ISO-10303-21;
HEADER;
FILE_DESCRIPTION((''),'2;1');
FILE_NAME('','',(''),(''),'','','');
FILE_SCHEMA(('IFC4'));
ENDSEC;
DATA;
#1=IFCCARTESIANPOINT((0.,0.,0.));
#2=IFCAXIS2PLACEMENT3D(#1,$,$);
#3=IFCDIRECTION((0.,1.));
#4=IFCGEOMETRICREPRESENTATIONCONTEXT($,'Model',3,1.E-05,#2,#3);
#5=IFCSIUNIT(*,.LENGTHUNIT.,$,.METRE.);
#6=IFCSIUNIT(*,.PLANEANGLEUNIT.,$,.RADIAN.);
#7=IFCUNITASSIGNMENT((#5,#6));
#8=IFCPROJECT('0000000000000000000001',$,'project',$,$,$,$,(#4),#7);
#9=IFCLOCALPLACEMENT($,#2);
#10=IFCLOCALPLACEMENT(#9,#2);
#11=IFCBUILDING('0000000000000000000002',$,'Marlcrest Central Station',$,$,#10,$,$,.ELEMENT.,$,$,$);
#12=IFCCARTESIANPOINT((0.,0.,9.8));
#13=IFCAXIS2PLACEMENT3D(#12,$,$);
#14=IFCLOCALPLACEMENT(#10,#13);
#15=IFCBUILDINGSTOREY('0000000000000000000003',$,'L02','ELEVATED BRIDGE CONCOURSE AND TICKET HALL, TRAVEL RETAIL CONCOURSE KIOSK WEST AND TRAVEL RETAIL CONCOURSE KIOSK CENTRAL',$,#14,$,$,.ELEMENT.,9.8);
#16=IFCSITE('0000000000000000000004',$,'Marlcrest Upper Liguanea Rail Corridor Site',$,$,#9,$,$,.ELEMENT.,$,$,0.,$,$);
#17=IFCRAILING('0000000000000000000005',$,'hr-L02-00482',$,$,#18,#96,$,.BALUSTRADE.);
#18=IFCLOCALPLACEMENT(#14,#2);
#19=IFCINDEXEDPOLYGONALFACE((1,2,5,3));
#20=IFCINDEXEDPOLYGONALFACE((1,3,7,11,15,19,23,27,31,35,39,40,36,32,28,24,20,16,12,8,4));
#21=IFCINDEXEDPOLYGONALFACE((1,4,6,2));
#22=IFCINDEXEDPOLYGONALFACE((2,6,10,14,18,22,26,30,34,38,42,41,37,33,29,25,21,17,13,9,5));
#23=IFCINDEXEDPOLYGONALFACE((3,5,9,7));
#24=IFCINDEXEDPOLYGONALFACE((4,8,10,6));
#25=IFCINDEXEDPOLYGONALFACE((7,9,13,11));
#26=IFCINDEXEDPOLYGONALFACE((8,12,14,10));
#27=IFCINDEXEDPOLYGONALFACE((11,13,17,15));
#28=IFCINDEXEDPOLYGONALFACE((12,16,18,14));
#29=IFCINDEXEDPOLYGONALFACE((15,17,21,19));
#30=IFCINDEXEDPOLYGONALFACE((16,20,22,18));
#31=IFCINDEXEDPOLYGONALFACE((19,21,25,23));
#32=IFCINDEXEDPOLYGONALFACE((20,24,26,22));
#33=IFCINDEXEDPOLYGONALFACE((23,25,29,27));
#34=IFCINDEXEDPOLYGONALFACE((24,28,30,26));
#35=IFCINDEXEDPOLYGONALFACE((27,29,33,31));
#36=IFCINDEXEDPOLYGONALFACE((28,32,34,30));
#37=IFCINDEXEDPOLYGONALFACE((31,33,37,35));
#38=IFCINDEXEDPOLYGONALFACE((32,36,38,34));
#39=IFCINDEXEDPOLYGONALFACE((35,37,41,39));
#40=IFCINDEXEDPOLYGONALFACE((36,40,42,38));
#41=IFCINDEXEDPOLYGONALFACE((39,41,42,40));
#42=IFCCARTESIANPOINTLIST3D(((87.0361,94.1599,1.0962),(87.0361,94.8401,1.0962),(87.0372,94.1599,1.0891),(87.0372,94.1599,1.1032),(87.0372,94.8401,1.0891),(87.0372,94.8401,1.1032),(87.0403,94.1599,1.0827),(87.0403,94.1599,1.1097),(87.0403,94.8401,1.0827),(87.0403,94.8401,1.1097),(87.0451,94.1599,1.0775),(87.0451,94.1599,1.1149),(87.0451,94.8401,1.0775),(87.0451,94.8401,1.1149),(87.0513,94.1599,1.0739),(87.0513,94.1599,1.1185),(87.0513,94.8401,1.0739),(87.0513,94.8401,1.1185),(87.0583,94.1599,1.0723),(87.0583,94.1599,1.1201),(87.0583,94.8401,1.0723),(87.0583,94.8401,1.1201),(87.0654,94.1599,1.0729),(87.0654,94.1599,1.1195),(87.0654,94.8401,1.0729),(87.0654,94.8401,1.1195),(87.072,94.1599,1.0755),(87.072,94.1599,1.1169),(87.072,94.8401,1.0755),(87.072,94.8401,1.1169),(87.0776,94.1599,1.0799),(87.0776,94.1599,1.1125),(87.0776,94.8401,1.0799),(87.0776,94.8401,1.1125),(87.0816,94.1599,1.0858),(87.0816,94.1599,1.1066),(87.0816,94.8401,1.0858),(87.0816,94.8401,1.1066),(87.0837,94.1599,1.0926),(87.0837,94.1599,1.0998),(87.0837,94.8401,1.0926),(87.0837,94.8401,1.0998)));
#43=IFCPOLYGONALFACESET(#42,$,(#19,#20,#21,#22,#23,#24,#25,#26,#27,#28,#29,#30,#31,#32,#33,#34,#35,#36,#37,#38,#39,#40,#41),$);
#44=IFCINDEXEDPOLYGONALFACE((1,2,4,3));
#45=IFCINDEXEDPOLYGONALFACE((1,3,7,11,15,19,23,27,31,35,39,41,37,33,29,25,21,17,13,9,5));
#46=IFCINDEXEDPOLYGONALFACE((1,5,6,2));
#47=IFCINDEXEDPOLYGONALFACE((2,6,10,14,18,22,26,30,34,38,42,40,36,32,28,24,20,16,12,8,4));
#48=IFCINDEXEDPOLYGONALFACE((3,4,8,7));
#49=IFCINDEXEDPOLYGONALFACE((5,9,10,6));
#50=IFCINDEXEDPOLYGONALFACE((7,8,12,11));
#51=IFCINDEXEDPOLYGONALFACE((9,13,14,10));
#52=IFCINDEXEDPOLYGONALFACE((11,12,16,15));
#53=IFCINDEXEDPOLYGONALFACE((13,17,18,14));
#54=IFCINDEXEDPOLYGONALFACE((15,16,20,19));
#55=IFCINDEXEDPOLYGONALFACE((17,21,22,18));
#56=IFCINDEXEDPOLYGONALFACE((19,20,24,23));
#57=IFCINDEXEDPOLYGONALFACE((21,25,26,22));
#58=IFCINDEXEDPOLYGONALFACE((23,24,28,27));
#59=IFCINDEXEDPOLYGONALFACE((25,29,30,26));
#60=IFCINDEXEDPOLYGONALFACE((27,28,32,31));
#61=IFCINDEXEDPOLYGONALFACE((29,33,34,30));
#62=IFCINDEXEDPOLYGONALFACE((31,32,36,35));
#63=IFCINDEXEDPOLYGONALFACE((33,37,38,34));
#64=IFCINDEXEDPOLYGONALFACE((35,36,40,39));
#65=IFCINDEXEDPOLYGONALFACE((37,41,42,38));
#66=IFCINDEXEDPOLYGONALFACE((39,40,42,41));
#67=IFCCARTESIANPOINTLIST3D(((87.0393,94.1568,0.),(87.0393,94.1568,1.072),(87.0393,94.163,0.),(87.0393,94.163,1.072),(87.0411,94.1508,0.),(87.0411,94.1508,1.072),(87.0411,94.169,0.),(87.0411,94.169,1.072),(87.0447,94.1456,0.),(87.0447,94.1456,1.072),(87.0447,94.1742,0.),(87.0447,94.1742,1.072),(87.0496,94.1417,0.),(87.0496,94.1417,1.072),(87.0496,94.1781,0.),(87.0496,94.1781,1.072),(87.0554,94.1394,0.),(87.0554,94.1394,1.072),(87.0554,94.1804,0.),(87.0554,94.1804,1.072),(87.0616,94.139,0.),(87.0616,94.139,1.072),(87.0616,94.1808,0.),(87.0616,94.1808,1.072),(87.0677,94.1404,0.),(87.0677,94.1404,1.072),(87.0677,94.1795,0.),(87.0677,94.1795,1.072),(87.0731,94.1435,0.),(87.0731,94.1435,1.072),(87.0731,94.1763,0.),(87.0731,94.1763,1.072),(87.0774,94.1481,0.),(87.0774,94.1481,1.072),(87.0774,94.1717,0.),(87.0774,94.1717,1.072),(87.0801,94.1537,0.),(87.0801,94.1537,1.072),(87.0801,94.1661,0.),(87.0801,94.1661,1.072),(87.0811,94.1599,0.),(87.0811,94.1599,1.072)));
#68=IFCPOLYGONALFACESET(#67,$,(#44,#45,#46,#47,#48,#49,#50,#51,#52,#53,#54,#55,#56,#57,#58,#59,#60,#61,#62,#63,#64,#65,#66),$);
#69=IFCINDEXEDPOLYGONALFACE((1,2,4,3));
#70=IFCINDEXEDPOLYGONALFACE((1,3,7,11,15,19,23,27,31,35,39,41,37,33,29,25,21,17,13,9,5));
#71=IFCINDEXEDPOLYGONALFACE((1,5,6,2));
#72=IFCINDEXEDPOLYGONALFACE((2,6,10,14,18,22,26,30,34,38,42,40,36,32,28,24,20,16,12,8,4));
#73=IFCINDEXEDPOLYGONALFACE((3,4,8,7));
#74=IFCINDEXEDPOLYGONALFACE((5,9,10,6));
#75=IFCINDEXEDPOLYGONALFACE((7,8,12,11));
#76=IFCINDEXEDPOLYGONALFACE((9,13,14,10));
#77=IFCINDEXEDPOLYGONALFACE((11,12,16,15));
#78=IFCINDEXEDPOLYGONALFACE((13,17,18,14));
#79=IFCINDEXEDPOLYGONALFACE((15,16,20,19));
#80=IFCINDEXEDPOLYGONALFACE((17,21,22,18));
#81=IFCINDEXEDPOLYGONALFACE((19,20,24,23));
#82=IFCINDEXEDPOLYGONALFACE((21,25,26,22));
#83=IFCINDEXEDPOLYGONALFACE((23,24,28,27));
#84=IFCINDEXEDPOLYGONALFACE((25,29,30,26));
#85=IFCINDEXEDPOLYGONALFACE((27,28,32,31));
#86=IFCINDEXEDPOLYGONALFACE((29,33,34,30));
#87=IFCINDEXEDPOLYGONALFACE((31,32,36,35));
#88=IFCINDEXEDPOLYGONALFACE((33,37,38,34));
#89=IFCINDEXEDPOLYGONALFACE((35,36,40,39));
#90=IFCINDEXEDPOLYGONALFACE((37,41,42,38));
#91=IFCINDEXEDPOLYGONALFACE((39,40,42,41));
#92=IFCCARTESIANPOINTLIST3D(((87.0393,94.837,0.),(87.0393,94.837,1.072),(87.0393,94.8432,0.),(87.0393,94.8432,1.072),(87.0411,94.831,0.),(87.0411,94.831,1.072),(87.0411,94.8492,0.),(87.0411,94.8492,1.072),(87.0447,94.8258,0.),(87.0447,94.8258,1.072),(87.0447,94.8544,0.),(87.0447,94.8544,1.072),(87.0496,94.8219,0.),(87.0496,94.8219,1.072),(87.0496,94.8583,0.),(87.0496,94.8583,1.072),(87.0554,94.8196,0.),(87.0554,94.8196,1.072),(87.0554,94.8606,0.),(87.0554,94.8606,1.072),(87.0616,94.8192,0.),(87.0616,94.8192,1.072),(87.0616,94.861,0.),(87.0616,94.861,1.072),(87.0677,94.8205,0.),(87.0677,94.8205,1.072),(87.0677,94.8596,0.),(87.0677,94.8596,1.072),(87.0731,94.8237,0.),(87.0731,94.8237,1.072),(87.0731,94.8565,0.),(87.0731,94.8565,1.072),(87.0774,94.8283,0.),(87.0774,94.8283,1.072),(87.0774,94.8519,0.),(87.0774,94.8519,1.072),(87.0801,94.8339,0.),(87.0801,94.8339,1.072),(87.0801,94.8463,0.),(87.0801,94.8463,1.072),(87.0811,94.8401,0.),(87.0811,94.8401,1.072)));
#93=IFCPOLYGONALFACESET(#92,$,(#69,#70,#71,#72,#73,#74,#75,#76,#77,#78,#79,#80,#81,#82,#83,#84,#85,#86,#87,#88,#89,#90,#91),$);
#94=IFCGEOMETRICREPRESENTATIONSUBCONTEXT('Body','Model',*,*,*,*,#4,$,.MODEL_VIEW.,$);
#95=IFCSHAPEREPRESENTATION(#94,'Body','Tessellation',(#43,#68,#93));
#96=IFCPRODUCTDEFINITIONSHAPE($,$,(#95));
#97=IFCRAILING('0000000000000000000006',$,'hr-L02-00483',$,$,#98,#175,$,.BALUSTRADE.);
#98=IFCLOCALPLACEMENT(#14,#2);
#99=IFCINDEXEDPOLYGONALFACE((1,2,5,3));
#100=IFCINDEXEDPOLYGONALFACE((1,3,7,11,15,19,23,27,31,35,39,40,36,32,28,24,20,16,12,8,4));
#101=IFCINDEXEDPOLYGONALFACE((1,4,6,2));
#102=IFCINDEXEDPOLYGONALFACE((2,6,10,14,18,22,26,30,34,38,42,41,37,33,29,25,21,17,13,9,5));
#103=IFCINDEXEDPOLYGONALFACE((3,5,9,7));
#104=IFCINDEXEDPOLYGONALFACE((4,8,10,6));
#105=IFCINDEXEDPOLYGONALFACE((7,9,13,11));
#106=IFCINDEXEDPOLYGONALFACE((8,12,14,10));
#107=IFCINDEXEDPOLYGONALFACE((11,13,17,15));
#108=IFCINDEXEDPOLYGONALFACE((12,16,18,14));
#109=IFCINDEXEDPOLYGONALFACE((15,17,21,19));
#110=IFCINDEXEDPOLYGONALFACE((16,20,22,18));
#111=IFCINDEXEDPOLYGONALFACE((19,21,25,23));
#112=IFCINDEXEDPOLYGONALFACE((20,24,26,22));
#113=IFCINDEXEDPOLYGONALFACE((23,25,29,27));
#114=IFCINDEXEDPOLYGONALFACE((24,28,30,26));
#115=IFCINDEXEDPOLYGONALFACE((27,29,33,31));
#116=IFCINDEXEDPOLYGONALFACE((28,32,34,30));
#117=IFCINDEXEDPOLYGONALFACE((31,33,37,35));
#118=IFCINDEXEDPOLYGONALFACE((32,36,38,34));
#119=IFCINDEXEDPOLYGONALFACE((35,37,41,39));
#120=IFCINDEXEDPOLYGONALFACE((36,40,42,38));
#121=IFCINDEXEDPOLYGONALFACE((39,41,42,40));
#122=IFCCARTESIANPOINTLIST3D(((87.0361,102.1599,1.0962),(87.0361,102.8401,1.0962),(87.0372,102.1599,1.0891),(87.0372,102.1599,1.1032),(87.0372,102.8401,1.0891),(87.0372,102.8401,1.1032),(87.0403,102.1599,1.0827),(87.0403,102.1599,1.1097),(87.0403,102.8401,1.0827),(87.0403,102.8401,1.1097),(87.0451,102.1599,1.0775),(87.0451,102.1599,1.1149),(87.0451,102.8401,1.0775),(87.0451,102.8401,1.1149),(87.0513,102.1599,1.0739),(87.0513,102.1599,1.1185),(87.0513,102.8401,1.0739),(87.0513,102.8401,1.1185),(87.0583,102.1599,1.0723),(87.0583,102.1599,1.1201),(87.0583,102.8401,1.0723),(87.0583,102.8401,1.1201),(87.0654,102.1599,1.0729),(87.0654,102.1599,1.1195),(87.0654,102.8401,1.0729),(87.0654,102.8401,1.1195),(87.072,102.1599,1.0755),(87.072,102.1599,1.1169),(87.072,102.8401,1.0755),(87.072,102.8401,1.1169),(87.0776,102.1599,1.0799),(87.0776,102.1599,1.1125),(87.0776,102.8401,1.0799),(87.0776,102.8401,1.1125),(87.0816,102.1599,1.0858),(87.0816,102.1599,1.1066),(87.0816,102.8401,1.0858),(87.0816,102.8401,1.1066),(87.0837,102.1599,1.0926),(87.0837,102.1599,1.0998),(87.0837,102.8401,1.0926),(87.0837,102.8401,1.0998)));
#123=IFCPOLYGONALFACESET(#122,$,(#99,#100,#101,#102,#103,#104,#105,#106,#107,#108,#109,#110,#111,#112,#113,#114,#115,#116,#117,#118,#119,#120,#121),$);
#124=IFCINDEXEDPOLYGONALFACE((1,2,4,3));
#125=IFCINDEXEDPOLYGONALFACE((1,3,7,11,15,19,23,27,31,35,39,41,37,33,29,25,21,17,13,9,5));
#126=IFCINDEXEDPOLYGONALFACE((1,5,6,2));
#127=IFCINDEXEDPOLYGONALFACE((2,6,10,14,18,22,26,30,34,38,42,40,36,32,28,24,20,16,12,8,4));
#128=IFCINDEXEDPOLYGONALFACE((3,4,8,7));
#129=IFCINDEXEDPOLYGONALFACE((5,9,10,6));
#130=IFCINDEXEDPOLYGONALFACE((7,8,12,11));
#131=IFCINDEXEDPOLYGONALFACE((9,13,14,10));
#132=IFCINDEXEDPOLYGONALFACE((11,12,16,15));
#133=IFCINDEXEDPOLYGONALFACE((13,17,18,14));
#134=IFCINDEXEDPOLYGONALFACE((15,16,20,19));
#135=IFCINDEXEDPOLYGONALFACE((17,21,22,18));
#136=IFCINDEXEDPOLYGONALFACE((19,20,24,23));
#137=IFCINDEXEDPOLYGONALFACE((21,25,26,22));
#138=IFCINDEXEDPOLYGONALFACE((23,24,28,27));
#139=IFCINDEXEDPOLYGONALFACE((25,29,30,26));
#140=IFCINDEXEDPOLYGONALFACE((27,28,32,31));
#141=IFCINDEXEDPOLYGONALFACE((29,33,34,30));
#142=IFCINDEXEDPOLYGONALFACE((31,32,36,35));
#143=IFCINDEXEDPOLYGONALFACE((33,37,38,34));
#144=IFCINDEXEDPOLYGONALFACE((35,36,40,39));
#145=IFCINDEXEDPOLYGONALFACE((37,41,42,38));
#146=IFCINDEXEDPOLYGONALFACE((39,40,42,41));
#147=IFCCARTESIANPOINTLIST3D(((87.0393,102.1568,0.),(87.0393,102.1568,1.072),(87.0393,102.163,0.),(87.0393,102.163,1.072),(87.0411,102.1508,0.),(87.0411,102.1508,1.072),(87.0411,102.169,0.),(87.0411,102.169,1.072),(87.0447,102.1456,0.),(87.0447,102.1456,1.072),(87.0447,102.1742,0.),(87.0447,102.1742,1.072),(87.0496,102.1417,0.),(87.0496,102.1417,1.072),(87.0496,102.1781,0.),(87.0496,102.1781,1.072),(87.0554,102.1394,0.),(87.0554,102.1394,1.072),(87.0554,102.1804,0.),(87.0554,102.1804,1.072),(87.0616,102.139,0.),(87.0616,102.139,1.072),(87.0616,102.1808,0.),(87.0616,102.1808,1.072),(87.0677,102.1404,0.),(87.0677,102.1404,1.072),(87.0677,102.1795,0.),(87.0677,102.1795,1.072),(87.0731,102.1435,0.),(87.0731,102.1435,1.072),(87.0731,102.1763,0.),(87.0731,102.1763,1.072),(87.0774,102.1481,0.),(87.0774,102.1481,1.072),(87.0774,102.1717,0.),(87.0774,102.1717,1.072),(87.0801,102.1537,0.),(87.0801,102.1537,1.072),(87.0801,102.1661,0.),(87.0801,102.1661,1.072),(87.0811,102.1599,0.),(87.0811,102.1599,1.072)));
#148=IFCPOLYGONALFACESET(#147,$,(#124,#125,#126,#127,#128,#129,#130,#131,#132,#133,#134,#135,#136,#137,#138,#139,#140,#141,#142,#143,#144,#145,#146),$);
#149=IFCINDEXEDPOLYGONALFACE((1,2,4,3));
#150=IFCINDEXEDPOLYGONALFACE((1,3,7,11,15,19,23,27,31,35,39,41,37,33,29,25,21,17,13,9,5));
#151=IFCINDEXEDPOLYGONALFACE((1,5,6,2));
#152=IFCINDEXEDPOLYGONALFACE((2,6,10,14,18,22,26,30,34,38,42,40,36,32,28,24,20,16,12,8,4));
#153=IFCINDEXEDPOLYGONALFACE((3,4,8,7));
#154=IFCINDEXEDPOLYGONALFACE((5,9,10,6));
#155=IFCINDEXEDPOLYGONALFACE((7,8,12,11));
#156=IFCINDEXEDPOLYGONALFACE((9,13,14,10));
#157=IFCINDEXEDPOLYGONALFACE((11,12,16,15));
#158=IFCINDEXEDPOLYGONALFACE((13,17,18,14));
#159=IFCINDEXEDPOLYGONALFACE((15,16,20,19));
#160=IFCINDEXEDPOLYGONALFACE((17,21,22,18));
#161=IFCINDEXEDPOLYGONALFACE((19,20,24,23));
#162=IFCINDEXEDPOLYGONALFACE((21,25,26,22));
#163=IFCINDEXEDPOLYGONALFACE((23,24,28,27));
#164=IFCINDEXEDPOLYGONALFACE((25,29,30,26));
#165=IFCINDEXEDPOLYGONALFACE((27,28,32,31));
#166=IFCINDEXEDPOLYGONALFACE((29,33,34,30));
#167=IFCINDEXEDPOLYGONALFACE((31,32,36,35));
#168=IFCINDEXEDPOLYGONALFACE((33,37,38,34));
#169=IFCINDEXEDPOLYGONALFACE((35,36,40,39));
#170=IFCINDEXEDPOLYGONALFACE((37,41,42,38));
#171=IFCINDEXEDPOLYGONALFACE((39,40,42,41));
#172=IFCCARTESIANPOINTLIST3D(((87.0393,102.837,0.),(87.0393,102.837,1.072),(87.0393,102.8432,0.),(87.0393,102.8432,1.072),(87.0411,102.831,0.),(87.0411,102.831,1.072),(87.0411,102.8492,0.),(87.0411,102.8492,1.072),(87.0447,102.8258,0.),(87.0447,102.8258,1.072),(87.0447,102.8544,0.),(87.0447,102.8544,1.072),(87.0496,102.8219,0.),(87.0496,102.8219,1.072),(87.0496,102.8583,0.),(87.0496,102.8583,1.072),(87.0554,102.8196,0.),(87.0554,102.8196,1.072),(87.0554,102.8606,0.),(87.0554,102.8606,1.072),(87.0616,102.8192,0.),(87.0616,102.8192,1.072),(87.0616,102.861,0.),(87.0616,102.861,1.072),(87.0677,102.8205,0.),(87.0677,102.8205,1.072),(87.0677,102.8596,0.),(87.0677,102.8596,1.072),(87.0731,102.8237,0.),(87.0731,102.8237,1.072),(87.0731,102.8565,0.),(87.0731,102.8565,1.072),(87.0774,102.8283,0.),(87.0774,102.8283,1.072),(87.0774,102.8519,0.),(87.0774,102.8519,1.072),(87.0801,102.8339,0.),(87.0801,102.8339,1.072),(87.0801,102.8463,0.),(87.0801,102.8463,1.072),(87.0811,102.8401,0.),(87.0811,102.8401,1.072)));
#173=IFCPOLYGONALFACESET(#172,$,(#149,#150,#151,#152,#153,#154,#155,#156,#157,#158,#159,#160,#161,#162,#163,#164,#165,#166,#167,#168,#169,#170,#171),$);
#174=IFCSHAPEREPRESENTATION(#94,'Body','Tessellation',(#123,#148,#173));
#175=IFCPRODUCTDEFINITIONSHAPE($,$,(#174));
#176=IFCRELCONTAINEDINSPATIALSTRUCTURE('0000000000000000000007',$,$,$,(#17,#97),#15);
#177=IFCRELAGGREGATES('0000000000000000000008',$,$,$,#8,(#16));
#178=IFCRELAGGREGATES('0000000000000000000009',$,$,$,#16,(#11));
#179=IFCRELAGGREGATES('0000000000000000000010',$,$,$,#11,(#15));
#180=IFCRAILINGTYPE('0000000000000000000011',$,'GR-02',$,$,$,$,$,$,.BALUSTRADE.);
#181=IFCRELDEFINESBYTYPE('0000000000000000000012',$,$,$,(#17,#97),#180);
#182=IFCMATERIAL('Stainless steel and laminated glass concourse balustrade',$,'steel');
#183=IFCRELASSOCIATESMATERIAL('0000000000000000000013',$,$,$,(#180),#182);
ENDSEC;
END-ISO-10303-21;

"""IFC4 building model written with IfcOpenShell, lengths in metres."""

from ifc_helpers import new_model, si_unit, direction, frame, origin, origin_2d, place, context, subcontext, project, spatial, circle, extrude, material, type_object, element, save


model = new_model("IFC4")

# Units and contexts
model_context = context("Model", 3, precision=1e-05, world=origin(), true_north=direction((0.0, 1.0)))
body_context = subcontext(model_context, "Body", "Model", "MODEL_VIEW")
ifc_project = project(units=[si_unit("LENGTHUNIT", "METRE"), si_unit("PLANEANGLEUNIT", "RADIAN")], contexts=[model_context])

# Site, building, storey
site_placement = place(None, origin())
site = spatial("IfcSite", under=ifc_project, at=site_placement, Name="Marlcrest Upper Liguanea Rail Corridor Site", CompositionType="ELEMENT", RefElevation=0.0)
building_placement = place(site_placement, origin())
building = spatial("IfcBuilding", under=site, at=building_placement, Name="Marlcrest Central Station", CompositionType="ELEMENT")
storey_placement = place(building_placement, frame((0.0, 0.0, 9.8)))
storey = spatial("IfcBuildingStorey", under=building, at=storey_placement, Name="L02", Description="ELEVATED BRIDGE CONCOURSE AND TICKET HALL, TRAVEL RETAIL CONCOURSE KIOSK WEST AND TRAVEL RETAIL CONCOURSE KIOSK CENTRAL", CompositionType="ELEMENT", Elevation=9.8)

# Railings
ifc_material_1 = material(Name="Stainless steel and laminated glass concourse balustrade", Category="steel")
railing_type = type_object("IfcRailingType", Name="GR-02", PredefinedType="BALUSTRADE", material=ifc_material_1)
for number, where, name in (
    (1, (87.0601, 94.1599, 0.0), "hr-L02-00482"),
    (2, (87.0601, 102.1599, 0.0), "hr-L02-00483"),
):
    element("IfcRailing", number, at=place(storey_placement, frame(where)), inside=storey, type_object=railing_type, Name=name, PredefinedType="BALUSTRADE", context=body_context, shape_type="SweptSolid", body=[
        extrude(circle(Radius=0.0239, at=origin_2d()), frame((0.0, 0.0, 1.0962), z_axis=(0.0, 1.0, 0.0), x_axis=(-1.0, 0.0, 0.0)), (0.0, 0.0, 1.0), 0.6802),
        extrude(circle(Radius=0.021, at=origin_2d()), origin(), (0.0, 0.0, 1.0), 1.072),
        extrude(circle(Radius=0.021, at=origin_2d()), frame((0.0, 0.6802, 0.0)), (0.0, 0.0, 1.0), 1.072),
    ])

save(model, "model.ifc")
